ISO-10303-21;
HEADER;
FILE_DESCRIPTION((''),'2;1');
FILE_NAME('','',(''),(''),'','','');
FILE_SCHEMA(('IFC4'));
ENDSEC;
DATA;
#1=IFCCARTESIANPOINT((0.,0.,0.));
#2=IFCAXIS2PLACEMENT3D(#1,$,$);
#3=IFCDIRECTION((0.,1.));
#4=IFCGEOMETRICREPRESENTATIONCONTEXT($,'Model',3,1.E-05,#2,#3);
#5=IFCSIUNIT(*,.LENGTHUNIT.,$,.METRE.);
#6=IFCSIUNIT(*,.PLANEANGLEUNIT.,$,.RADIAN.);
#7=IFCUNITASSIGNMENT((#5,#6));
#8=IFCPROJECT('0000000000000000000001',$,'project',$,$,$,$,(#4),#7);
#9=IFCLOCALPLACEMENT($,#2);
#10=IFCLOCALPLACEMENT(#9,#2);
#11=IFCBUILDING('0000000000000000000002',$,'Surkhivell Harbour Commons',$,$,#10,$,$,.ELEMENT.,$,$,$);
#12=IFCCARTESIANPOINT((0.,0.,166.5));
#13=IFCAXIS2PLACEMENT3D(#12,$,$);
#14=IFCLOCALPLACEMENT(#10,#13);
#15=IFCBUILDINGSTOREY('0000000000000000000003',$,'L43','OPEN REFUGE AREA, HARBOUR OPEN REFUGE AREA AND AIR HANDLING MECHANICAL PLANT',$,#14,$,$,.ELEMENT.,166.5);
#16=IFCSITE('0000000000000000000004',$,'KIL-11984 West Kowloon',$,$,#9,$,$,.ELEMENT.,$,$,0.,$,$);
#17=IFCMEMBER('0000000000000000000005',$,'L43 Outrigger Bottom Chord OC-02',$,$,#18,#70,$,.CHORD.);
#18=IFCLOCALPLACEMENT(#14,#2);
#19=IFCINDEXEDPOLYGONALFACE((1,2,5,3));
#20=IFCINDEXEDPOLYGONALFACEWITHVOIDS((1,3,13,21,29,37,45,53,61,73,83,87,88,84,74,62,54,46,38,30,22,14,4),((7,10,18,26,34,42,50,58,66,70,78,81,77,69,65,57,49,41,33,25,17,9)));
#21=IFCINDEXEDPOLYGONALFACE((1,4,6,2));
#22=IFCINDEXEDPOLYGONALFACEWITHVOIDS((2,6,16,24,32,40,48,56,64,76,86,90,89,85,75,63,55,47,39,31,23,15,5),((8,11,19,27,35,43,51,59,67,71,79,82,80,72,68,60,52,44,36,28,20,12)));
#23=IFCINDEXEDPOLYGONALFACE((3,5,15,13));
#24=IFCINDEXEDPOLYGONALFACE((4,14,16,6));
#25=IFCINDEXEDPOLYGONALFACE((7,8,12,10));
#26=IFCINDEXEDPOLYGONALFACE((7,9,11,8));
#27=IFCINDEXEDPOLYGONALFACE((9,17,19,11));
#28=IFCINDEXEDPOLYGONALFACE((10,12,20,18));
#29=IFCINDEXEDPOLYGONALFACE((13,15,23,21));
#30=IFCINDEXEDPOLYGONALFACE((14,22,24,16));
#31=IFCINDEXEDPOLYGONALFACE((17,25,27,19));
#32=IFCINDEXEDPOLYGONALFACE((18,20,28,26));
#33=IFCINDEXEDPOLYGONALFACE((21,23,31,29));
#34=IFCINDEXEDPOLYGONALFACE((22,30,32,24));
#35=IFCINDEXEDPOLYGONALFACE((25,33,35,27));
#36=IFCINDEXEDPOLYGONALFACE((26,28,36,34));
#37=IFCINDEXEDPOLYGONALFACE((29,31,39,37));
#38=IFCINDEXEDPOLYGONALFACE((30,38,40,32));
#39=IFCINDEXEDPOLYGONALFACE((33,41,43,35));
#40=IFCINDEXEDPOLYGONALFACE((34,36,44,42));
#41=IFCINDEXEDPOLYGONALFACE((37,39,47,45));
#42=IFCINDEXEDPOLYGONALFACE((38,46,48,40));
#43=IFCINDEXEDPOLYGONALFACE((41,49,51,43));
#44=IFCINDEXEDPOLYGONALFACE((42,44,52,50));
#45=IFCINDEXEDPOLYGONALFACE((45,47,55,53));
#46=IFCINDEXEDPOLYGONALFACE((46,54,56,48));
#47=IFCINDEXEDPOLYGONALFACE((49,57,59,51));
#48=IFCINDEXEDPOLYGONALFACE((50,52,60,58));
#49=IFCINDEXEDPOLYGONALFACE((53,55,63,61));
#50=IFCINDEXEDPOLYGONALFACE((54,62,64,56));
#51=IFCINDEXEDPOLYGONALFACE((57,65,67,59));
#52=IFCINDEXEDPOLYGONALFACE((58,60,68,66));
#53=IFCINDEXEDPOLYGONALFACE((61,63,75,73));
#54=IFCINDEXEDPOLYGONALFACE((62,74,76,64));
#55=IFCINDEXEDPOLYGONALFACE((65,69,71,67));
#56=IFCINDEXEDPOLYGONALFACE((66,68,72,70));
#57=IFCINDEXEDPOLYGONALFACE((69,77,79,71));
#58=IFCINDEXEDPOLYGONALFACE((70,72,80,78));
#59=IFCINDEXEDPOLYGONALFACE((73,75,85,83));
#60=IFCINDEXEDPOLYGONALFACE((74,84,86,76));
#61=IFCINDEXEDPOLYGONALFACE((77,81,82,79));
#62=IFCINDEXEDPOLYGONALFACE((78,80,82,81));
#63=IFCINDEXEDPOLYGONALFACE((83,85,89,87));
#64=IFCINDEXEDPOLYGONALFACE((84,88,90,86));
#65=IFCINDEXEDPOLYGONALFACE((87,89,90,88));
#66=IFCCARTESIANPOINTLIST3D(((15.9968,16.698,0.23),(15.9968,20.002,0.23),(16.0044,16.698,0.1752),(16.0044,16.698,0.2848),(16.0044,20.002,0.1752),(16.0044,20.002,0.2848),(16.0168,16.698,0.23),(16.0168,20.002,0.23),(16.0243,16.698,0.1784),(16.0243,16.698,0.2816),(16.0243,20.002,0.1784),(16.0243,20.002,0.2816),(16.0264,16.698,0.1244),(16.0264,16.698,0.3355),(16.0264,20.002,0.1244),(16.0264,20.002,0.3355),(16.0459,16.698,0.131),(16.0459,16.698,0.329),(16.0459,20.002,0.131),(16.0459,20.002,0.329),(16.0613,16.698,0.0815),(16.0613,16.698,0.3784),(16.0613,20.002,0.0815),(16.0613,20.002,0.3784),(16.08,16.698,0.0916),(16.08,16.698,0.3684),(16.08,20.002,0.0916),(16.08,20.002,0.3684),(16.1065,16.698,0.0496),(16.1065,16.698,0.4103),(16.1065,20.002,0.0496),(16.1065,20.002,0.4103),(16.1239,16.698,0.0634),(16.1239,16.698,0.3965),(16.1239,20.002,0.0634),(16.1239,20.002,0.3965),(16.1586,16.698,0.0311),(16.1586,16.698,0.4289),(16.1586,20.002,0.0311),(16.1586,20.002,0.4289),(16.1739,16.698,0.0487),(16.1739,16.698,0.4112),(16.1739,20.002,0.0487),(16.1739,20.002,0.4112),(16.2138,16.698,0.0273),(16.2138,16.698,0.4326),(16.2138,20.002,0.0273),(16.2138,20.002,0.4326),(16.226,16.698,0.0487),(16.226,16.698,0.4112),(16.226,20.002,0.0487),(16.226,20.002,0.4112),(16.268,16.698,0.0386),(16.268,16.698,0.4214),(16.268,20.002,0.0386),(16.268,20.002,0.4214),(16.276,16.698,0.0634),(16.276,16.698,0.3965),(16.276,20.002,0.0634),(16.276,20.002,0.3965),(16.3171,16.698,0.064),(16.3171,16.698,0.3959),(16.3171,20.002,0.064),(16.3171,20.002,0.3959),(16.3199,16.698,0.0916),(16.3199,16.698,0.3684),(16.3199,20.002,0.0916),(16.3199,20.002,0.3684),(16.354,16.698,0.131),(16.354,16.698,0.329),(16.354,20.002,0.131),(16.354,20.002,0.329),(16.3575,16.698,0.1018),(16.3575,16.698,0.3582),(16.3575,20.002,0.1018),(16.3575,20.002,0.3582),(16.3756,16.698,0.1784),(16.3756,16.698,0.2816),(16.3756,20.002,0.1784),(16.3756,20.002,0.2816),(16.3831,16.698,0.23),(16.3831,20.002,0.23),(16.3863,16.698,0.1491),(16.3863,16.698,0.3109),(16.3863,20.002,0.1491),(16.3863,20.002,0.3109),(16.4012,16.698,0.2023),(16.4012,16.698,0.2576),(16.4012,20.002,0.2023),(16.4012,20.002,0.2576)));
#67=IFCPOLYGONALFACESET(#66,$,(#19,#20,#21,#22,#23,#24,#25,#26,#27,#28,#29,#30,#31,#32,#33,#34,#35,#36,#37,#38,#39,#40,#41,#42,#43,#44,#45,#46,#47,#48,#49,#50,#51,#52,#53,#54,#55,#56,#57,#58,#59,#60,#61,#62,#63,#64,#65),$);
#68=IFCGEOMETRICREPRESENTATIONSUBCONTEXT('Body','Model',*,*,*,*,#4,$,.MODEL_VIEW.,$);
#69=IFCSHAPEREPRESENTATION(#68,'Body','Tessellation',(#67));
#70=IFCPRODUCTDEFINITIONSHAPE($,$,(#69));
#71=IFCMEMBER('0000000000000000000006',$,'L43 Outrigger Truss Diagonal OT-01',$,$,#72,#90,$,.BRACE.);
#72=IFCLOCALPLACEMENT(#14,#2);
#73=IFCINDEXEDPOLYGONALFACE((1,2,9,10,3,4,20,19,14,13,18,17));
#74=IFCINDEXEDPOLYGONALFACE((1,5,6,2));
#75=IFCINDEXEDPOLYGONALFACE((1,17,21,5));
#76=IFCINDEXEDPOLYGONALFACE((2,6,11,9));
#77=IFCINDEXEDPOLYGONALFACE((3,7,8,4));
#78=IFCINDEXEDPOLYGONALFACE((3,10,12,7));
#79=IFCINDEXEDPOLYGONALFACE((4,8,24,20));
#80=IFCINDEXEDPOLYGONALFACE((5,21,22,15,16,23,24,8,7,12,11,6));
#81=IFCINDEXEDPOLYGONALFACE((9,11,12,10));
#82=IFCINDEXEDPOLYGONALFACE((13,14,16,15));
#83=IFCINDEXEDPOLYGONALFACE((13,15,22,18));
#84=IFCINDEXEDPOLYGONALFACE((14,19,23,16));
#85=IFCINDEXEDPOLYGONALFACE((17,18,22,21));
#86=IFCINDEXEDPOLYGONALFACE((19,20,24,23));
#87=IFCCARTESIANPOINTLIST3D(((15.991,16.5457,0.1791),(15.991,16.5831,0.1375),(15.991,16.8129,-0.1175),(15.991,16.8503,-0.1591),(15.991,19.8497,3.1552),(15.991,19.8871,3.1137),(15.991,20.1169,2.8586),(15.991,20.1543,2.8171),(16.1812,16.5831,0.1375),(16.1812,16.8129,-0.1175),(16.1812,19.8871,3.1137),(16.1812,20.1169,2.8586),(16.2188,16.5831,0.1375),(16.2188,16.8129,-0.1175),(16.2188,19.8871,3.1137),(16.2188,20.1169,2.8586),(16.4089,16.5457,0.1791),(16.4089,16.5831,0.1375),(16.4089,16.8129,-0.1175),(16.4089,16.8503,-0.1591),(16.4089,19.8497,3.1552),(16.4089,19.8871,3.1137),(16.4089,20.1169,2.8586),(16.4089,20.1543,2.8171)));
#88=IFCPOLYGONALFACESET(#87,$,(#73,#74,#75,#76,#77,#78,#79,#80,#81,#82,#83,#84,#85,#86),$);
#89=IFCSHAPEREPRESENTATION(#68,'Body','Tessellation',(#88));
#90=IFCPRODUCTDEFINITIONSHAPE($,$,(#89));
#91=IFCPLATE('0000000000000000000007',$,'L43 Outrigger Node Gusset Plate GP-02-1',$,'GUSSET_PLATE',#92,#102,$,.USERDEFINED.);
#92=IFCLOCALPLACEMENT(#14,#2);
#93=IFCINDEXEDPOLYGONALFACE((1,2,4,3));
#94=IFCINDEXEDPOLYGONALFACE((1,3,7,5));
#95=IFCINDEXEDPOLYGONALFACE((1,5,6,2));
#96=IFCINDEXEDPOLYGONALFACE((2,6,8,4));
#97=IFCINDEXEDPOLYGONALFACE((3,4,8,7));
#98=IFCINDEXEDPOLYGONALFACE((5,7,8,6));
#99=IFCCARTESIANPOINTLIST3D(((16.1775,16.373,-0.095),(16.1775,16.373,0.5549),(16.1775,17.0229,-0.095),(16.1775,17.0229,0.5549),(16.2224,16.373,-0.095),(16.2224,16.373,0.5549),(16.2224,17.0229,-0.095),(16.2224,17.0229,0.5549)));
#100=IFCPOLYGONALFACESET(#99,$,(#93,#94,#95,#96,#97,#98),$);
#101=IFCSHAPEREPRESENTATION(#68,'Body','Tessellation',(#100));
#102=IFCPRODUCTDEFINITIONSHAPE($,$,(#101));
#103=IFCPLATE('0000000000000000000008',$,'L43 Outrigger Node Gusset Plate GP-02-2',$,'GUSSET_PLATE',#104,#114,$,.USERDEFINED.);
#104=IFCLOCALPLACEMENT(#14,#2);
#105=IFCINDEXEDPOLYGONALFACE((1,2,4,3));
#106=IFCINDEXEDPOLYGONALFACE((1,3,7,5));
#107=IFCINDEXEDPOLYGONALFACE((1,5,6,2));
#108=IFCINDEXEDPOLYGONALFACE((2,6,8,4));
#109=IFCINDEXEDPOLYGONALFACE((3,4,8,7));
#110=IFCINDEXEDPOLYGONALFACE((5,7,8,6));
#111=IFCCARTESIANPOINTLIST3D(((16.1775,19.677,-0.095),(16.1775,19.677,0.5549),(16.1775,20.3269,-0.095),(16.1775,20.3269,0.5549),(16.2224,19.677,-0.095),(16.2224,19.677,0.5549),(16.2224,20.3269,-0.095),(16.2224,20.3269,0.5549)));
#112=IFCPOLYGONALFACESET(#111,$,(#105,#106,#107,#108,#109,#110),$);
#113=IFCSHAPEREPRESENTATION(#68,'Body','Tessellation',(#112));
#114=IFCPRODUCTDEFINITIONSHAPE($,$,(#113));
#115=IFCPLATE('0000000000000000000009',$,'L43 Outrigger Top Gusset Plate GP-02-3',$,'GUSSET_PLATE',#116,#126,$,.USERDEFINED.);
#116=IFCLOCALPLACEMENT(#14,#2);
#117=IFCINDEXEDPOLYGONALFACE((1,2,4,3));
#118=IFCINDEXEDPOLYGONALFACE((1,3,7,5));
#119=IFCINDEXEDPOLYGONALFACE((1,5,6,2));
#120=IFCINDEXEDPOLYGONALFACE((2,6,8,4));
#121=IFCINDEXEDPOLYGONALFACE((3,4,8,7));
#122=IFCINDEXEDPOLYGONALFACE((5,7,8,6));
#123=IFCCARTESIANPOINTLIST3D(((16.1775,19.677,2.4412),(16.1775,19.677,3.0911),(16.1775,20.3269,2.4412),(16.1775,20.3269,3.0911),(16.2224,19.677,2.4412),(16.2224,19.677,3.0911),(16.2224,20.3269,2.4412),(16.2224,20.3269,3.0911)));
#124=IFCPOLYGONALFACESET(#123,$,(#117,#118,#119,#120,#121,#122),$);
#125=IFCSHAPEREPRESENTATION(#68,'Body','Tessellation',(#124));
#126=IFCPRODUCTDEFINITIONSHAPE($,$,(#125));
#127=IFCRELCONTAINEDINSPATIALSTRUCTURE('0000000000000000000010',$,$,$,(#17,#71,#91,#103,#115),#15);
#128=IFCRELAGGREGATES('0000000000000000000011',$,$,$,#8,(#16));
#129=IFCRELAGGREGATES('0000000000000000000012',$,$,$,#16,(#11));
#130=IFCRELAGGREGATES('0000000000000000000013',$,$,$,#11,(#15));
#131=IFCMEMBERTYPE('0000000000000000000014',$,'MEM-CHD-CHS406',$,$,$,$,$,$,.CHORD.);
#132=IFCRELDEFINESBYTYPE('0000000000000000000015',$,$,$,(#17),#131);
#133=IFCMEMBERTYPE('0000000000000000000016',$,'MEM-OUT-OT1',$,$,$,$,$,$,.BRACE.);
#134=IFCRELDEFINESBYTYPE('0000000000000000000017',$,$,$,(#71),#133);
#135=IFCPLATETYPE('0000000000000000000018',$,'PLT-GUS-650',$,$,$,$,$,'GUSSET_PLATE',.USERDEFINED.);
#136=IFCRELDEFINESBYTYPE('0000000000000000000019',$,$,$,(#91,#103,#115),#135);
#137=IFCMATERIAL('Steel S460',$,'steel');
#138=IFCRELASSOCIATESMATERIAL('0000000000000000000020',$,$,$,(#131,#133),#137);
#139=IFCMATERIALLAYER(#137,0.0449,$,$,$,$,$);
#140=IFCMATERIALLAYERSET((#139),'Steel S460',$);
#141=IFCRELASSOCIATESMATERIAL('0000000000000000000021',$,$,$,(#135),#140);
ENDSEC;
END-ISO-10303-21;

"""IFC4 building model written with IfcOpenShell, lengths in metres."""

from ifc_helpers import new_model, si_unit, direction, frame, origin, origin_2d, place, context, subcontext, project, spatial, rectangle, hollow_circle, i_section, extrude, material, layer, layer_set, material_profile, profile_set, type_object, element, save


model = new_model("IFC4")

# Units and contexts
model_context = context("Model", 3, precision=1e-05, world=origin(), true_north=direction((0.0, 1.0)))
body_context = subcontext(model_context, "Body", "Model", "MODEL_VIEW")
ifc_project = project(units=[si_unit("LENGTHUNIT", "METRE"), si_unit("PLANEANGLEUNIT", "RADIAN")], contexts=[model_context])

# Site, building, storey
site_placement = place(None, origin())
site = spatial("IfcSite", under=ifc_project, at=site_placement, Name="KIL-11984 West Kowloon", CompositionType="ELEMENT", RefElevation=0.0)
building_placement = place(site_placement, origin())
building = spatial("IfcBuilding", under=site, at=building_placement, Name="Surkhivell Harbour Commons", CompositionType="ELEMENT")
storey_placement = place(building_placement, frame((0.0, 0.0, 166.5)))
storey = spatial("IfcBuildingStorey", under=building, at=storey_placement, Name="L43", Description="OPEN REFUGE AREA, HARBOUR OPEN REFUGE AREA AND AIR HANDLING MECHANICAL PLANT", CompositionType="ELEMENT", Elevation=166.5)

# Shared definitions
ifc_material_1 = material(Name="Steel S460", Category="steel")

# Members
ifc_material_profile_1 = material_profile(ifc_material_1, hollow_circle(Radius=0.2031, WallThickness=0.02, at=origin_2d()), Name="CHS406x20")
ifc_profile_set_1 = profile_set([ifc_material_profile_1], Name="Steel S460")
member_type_1 = type_object("IfcMemberType", Name="MEM-CHD-CHS406", PredefinedType="CHORD", material=ifc_profile_set_1)
member_1_placement = place(storey_placement, frame((16.2, 16.698, 0.23), z_axis=(0.0, 1.0, 0.0), x_axis=(-1.0, 0.0, 0.0)))
element("IfcMember", 1, at=member_1_placement, inside=storey, type_object=member_type_1, Name="L43 Outrigger Bottom Chord OC-02", PredefinedType="CHORD", context=body_context, shape_type="SweptSolid", body=[
    extrude(hollow_circle(Radius=0.2031, WallThickness=0.02, at=origin_2d()), origin(), (0.0, 0.0, 1.0), 3.304),
])
ifc_material_profile_2 = material_profile(ifc_material_1, i_section(OverallWidth=0.418, OverallDepth=0.4551, WebThickness=0.0376, FlangeThickness=0.0559, at=origin_2d()), Name="HD400x551")
ifc_profile_set_2 = profile_set([ifc_material_profile_2], Name="Steel S460")
member_type_2 = type_object("IfcMemberType", Name="MEM-OUT-OT1", PredefinedType="BRACE", material=ifc_profile_set_2)
member_2_placement = place(storey_placement, frame((16.2, 16.698, 0.01), z_axis=(0.0, 0.743013, 0.669277), x_axis=(-1.0, 0.0, 0.0)))
element("IfcMember", 2, at=member_2_placement, inside=storey, type_object=member_type_2, Name="L43 Outrigger Truss Diagonal OT-01", PredefinedType="BRACE", context=body_context, shape_type="SweptSolid", body=[
    extrude(i_section(OverallWidth=0.418, OverallDepth=0.4551, WebThickness=0.0376, FlangeThickness=0.0559, at=origin_2d()), origin(), (0.0, 0.0, 1.0), 4.4468),
])

# Plates
ifc_layer = layer(ifc_material_1, 0.0449)
ifc_layer_set = layer_set([ifc_layer], Name="Steel S460")
plate_type = type_object("IfcPlateType", Name="PLT-GUS-650", ElementType="GUSSET_PLATE", PredefinedType="USERDEFINED", material=ifc_layer_set)
for number, where, z_axis, x_axis, name in (
    (3, (16.2, 16.698, -0.095), (0.0, 0.0, 1.0), (0.0, 1.0, 0.0), "L43 Outrigger Node Gusset Plate GP-02-1"),
    (4, (16.2, 20.002, -0.095), (0.0, 0.0, 1.0), (0.0, 1.0, 0.0), "L43 Outrigger Node Gusset Plate GP-02-2"),
    (5, (16.2, 20.002, 2.4412), (0.0, 0.0, 1.0), (0.0, 1.0, 0.0), "L43 Outrigger Top Gusset Plate GP-02-3"),
):
    element("IfcPlate", number, at=place(storey_placement, frame(where, z_axis=z_axis, x_axis=x_axis)), inside=storey, type_object=plate_type, Name=name, ObjectType="GUSSET_PLATE", PredefinedType="USERDEFINED", context=body_context, shape_type="SweptSolid", body=[
        extrude(rectangle(XDim=0.6499, YDim=0.0449, at=origin_2d()), origin(), (0.0, 0.0, 1.0), 0.6499),
    ])

save(model, "model.ifc")
